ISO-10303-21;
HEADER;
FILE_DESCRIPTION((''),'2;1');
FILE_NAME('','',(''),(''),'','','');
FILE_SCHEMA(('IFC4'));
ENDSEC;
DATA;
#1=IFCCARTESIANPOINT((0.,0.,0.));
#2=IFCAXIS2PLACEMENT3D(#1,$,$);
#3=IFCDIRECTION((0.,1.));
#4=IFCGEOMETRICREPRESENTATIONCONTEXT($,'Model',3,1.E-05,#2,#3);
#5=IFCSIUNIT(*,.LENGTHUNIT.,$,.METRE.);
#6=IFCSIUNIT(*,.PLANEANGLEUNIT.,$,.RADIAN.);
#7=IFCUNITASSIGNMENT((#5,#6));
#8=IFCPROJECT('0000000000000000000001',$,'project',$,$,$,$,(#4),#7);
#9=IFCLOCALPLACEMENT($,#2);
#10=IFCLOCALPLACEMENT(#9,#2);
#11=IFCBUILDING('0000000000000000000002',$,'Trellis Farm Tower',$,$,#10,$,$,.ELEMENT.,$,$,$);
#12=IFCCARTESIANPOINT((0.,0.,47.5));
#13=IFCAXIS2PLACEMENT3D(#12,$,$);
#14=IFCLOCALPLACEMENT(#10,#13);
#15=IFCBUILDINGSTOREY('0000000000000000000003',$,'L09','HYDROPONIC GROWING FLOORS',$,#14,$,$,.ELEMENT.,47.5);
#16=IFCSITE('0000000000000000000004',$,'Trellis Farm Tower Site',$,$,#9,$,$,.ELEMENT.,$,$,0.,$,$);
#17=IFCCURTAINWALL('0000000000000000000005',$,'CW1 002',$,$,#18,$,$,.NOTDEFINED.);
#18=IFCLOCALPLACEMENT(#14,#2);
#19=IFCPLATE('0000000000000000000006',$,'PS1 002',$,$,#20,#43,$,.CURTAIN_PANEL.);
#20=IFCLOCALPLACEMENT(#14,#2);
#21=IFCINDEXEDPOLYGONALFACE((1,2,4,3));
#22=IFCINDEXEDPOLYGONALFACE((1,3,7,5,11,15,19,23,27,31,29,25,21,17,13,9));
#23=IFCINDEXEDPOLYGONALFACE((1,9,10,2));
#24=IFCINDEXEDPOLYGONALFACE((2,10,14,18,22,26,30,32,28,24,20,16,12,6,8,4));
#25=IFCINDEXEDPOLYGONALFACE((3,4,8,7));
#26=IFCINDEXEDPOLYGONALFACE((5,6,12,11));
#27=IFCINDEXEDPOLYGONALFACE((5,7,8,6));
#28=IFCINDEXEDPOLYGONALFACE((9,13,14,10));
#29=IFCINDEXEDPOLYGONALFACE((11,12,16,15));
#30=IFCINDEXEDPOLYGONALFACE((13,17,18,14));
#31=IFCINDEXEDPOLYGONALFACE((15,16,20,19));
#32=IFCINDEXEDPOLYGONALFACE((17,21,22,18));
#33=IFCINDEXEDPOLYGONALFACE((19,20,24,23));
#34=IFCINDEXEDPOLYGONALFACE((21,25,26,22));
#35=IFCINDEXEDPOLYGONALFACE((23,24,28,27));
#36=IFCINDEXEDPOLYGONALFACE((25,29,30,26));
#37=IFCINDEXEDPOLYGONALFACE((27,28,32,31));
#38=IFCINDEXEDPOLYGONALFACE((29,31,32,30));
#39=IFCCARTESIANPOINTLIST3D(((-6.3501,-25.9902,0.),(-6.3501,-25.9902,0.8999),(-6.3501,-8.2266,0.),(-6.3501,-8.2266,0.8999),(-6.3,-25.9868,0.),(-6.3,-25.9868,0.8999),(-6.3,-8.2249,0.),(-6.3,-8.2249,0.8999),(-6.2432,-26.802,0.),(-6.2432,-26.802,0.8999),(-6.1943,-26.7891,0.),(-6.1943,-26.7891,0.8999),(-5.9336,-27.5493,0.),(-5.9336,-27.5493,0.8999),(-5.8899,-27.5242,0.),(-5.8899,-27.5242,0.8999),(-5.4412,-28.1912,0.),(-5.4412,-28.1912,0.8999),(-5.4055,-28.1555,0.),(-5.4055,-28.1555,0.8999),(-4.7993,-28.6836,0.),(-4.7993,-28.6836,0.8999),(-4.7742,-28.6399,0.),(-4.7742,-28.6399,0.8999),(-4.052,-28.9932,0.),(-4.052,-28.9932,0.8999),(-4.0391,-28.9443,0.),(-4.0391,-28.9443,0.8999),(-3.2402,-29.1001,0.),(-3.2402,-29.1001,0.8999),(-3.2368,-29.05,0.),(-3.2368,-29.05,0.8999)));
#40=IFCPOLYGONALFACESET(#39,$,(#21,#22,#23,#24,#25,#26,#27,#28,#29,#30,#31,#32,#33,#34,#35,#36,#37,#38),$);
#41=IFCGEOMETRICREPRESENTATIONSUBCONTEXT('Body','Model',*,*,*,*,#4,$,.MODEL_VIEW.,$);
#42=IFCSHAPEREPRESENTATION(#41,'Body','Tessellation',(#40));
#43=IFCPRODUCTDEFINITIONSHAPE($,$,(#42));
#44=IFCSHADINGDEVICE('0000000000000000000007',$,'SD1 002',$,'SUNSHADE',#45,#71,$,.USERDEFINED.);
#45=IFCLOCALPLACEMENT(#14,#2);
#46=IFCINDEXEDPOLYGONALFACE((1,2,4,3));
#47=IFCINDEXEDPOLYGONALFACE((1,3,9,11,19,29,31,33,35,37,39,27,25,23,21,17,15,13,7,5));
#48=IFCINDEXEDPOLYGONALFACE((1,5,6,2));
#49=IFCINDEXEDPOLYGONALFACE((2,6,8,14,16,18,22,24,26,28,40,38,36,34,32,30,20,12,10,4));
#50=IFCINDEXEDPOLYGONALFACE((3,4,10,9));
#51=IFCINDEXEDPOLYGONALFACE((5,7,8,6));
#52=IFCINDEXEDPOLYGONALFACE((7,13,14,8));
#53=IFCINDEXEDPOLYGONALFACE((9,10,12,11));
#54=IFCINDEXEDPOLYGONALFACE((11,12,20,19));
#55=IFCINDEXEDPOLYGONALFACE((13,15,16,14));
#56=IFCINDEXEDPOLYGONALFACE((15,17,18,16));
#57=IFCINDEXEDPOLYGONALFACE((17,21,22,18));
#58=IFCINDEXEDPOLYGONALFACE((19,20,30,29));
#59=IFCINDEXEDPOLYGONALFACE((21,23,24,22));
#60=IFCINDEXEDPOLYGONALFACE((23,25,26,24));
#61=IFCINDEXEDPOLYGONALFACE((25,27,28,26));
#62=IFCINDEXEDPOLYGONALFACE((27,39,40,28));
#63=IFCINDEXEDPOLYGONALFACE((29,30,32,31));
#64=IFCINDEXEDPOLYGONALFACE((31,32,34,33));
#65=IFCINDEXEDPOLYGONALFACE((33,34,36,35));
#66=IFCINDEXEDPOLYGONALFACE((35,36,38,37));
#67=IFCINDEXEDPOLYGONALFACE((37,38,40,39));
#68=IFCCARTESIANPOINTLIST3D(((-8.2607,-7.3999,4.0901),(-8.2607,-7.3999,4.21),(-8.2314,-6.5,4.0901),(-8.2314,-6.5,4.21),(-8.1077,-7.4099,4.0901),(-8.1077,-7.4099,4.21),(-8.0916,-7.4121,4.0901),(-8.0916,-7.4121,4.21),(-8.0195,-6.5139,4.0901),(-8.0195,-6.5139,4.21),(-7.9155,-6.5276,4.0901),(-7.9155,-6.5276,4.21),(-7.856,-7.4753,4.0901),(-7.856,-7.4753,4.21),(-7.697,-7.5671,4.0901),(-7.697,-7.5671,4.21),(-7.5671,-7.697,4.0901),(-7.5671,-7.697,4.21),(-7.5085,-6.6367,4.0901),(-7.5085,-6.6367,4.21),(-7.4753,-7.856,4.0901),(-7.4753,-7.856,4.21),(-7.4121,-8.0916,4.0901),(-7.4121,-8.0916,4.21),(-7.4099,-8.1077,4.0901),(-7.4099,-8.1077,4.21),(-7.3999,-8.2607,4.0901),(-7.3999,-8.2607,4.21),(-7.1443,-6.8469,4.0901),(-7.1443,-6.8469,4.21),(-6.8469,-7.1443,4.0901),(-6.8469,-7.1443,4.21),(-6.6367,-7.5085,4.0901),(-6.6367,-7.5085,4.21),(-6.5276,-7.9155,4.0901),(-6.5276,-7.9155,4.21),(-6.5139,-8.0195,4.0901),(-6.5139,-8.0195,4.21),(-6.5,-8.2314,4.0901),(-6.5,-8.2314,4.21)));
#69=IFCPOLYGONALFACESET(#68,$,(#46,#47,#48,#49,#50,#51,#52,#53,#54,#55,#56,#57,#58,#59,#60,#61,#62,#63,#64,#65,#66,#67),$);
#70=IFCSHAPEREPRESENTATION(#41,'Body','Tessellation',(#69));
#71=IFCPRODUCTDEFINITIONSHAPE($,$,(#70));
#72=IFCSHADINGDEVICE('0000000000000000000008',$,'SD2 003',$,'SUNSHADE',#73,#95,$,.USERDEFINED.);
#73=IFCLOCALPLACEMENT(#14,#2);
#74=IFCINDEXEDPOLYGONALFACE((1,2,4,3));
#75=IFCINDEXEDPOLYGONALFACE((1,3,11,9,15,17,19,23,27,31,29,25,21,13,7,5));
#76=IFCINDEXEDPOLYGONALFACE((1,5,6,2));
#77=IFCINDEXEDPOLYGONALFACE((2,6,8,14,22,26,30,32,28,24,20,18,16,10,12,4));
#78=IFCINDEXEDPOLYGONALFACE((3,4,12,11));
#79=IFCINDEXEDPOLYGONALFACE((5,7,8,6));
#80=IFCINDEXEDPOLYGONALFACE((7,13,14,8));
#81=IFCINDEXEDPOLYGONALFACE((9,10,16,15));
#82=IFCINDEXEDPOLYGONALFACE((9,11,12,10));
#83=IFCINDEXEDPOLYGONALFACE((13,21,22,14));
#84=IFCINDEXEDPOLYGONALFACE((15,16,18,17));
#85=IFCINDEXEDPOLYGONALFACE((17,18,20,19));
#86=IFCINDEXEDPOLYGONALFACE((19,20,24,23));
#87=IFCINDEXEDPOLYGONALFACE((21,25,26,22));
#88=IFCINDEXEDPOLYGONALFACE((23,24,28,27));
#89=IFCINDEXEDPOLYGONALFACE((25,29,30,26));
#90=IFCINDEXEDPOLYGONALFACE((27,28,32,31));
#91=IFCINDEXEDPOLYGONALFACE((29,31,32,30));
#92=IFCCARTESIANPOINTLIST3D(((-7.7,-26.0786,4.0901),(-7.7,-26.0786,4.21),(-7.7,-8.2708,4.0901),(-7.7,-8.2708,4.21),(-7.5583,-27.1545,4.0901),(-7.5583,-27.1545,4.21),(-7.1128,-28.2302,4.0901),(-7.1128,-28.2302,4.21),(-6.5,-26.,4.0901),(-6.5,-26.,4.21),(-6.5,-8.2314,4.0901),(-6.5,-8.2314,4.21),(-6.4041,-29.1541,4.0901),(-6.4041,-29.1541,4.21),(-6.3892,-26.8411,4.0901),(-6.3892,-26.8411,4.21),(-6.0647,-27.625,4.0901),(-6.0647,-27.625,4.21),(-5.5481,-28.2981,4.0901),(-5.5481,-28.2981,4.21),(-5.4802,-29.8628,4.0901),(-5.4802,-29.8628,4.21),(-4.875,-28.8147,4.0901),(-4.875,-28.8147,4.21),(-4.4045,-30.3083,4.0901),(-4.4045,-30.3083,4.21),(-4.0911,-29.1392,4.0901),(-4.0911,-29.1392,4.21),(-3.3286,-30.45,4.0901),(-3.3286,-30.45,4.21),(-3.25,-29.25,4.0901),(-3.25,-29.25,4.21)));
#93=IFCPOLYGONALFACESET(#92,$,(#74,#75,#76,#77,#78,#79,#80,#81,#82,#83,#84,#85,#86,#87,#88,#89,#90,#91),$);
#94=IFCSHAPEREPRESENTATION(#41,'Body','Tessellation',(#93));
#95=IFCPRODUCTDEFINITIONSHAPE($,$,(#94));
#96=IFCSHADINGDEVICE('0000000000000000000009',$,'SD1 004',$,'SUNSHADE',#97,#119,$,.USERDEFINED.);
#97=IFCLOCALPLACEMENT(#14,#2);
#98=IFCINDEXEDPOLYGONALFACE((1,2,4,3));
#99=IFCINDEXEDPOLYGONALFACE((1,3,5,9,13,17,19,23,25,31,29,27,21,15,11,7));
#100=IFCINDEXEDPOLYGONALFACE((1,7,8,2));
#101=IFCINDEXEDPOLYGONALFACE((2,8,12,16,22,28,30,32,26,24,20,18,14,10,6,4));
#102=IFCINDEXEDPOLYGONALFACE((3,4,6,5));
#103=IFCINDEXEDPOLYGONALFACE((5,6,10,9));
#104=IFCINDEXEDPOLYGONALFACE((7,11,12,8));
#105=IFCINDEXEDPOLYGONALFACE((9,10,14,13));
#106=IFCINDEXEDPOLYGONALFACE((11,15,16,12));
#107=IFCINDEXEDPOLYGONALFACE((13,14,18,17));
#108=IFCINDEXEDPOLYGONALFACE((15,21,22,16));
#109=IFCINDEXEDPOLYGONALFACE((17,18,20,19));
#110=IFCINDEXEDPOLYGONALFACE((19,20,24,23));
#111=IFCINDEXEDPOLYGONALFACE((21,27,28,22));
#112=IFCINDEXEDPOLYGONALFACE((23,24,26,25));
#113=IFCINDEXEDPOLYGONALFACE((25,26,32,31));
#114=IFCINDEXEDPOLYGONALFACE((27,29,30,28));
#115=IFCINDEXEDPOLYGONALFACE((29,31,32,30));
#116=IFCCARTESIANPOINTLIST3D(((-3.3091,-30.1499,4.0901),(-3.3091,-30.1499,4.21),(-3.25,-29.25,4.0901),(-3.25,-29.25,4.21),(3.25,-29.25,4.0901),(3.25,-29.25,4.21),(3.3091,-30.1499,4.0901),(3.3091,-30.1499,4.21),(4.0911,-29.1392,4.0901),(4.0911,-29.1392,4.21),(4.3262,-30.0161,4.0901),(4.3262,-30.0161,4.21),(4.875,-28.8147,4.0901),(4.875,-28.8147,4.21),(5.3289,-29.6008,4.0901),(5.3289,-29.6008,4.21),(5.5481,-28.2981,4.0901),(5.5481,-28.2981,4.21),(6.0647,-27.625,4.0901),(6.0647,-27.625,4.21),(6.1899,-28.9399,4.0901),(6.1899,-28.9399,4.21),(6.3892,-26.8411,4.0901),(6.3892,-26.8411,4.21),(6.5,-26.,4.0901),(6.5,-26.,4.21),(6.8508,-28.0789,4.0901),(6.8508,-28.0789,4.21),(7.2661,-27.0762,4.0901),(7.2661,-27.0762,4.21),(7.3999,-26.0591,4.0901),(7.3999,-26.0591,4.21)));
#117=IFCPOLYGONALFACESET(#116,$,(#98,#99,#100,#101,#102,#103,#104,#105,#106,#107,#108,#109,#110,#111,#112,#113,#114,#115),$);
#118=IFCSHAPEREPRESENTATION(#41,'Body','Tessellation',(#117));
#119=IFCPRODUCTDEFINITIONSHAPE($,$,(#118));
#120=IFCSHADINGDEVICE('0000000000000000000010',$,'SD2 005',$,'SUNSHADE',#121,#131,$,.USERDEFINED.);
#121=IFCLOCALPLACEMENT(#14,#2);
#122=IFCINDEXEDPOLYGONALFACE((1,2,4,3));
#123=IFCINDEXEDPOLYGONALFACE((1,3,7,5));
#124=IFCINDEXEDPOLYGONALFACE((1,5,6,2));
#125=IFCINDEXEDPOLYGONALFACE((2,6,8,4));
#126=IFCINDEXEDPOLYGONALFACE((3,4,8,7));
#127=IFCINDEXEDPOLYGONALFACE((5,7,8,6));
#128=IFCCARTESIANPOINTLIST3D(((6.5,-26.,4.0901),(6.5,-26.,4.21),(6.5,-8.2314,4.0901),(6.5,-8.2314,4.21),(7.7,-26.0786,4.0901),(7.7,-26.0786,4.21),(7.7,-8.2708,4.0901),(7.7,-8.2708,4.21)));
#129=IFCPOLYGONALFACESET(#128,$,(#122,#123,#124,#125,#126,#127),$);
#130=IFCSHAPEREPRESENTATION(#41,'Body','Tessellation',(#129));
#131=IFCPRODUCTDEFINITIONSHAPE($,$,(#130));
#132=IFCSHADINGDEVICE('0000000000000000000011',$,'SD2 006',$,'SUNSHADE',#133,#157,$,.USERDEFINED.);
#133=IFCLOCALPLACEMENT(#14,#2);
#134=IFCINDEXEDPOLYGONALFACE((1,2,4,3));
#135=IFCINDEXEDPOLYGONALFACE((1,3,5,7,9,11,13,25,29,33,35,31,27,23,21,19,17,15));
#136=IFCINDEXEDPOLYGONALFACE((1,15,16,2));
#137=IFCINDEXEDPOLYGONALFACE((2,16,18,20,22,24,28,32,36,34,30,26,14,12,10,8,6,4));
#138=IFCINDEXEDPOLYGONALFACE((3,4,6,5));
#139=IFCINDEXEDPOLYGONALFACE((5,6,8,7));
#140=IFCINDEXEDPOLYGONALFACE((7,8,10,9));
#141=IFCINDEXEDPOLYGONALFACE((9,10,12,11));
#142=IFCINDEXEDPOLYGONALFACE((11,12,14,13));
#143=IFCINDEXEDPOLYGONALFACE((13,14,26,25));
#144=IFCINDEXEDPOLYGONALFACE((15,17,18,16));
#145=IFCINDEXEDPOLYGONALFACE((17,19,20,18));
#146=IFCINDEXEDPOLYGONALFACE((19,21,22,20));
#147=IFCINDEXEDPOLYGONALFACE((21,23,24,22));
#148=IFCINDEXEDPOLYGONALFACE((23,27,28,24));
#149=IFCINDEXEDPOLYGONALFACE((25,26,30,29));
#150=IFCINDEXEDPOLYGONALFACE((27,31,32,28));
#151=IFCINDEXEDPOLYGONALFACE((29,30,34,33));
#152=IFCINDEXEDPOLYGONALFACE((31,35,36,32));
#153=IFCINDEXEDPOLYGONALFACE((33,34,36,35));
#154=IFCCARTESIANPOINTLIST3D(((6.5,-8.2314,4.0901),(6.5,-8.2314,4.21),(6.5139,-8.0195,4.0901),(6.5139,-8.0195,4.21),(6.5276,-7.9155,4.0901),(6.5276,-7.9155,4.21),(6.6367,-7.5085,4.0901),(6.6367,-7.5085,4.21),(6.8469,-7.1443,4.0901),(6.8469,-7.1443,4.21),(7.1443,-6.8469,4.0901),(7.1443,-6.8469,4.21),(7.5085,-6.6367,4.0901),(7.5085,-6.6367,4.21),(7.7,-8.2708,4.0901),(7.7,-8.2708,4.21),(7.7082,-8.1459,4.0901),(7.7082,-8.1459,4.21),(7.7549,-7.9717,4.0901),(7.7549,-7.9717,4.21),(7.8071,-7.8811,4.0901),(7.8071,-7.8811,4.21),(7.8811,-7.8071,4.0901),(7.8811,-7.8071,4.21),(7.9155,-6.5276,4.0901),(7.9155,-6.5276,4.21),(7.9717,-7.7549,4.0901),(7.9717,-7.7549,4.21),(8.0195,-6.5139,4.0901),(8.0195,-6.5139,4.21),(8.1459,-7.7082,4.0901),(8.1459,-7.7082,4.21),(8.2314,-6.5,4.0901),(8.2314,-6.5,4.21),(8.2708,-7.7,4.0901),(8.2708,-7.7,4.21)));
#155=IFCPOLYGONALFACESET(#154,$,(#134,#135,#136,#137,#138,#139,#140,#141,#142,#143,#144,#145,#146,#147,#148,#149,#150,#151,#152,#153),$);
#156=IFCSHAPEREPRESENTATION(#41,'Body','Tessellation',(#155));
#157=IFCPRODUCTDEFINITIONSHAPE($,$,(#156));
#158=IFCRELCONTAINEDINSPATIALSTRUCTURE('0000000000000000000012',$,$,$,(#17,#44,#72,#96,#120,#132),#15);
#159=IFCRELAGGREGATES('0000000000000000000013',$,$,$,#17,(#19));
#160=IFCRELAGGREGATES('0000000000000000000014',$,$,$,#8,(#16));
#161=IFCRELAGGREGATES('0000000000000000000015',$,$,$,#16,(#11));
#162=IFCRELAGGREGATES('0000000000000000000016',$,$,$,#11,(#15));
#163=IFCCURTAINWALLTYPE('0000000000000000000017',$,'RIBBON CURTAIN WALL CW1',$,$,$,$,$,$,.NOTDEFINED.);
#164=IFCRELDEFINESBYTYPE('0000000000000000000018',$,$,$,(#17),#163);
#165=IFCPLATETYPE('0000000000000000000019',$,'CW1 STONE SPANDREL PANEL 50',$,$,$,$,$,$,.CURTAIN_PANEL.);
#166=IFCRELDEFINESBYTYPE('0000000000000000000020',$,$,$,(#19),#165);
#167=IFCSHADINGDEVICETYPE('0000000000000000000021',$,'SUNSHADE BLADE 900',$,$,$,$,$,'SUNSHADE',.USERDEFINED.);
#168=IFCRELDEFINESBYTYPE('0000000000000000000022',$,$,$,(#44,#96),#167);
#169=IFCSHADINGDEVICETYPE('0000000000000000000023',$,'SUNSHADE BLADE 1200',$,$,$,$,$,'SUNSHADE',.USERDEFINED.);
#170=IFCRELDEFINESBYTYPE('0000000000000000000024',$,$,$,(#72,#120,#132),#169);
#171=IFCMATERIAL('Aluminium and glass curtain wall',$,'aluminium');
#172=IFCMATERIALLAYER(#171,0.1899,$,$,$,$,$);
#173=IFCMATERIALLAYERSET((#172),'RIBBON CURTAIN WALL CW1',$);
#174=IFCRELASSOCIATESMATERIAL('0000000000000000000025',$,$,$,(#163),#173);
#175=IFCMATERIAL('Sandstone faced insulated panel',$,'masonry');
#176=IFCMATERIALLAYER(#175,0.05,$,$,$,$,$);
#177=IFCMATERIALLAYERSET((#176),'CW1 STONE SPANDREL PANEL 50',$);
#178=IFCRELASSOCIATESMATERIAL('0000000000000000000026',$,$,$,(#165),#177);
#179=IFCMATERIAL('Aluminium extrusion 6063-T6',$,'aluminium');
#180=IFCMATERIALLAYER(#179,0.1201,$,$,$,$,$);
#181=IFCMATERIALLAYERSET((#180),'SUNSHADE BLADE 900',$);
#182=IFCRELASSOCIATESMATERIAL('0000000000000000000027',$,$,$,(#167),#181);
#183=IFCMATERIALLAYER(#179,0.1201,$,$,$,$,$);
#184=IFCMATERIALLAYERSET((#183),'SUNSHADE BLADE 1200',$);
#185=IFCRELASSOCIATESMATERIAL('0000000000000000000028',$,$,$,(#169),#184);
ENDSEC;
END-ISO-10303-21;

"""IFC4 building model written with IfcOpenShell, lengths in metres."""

from ifc_helpers import new_model, si_unit, direction, frame, origin, place, context, subcontext, project, spatial, polyline, outline, extrude, source, transform, mapped, material, layer, layer_set, type_object, element, aggregate, save


model = new_model("IFC4")

# Units and contexts
model_context = context("Model", 3, precision=1e-05, world=origin(), true_north=direction((0.0, 1.0)))
body_context = subcontext(model_context, "Body", "Model", "MODEL_VIEW")
ifc_project = project(units=[si_unit("LENGTHUNIT", "METRE"), si_unit("PLANEANGLEUNIT", "RADIAN")], contexts=[model_context])

# Site, building, storey
site_placement = place(None, origin())
site = spatial("IfcSite", under=ifc_project, at=site_placement, Name="Trellis Farm Tower Site", CompositionType="ELEMENT", RefElevation=0.0)
building_placement = place(site_placement, origin())
building = spatial("IfcBuilding", under=site, at=building_placement, Name="Trellis Farm Tower", CompositionType="ELEMENT")
storey_placement = place(building_placement, frame((0.0, 0.0, 47.5)))
storey = spatial("IfcBuildingStorey", under=building, at=storey_placement, Name="L09", Description="HYDROPONIC GROWING FLOORS", CompositionType="ELEMENT", Elevation=47.5)

# Curtain wall
ifc_material_1 = material(Name="Aluminium and glass curtain wall", Category="aluminium")
placement_1 = place(storey_placement, origin())
ifc_material_2 = material(Name="Aluminium extrusion 6063-T6", Category="aluminium")
ifc_layer_1 = layer(ifc_material_1, 0.1899)
ifc_layer_set_1 = layer_set([ifc_layer_1], Name="RIBBON CURTAIN WALL CW1")
curtain_wall_type_1 = type_object("IfcCurtainWallType", Name="RIBBON CURTAIN WALL CW1", PredefinedType="NOTDEFINED", material=ifc_layer_set_1)
curtain_wall_1 = element("IfcCurtainWall", 1, at=placement_1, inside=storey, type_object=curtain_wall_type_1, Name="CW1 002", PredefinedType="NOTDEFINED")

# Shared definitions
ifc_material_3 = material(Name="Sandstone faced insulated panel", Category="masonry")
ifc_layer_2 = layer(ifc_material_3, 0.05)
ifc_layer_set_2 = layer_set([ifc_layer_2], Name="CW1 STONE SPANDREL PANEL 50")
plate_type_1 = type_object("IfcPlateType", Name="CW1 STONE SPANDREL PANEL 50", PredefinedType="CURTAIN_PANEL", material=ifc_layer_set_2)

# Plate
shared_shape_1 = source(origin(), body_context, "Body", "SweptSolid", [
    extrude(outline(polyline([(-6.3501, -8.2266), (-6.3501, -25.9902), (-6.2432, -26.802), (-5.9336, -27.5493), (-5.4412, -28.1912), (-4.7993, -28.6836), (-4.052, -28.9932), (-3.2402, -29.1001), (-3.2368, -29.05), (-4.0391, -28.9443), (-4.7742, -28.6399), (-5.4055, -28.1555), (-5.8899, -27.5242), (-6.1943, -26.7891), (-6.3, -25.9868), (-6.3, -8.2249), (-6.3501, -8.2266)])), origin(), (0.0, 0.0, 1.0), 0.8999),
])
plate_1 = element("IfcPlate", 2, at=placement_1, type_object=plate_type_1, Name="PS1 002", PredefinedType="CURTAIN_PANEL", context=body_context, shape_type="MappedRepresentation", body=[
    mapped(shared_shape_1, transform((0.0, 0.0, 0.0))),
])
aggregate(curtain_wall_1, [plate_1])

# Shading devices
ifc_layer_3 = layer(ifc_material_2, 0.1201)
ifc_layer_set_3 = layer_set([ifc_layer_3], Name="SUNSHADE BLADE 900")
shading_device_type_1 = type_object("IfcShadingDeviceType", Name="SUNSHADE BLADE 900", ElementType="SUNSHADE", PredefinedType="USERDEFINED", material=ifc_layer_set_3)
shared_shape_2 = source(origin(), body_context, "Body", "SweptSolid", [
    extrude(outline(polyline([(-8.2607, -7.3999), (-8.1077, -7.4099), (-8.0916, -7.4121), (-7.856, -7.4753), (-7.697, -7.5671), (-7.5671, -7.697), (-7.4753, -7.856), (-7.4121, -8.0916), (-7.4099, -8.1077), (-7.3999, -8.2607), (-6.5, -8.2314), (-6.5139, -8.0195), (-6.5276, -7.9155), (-6.6367, -7.5085), (-6.8469, -7.1443), (-7.1443, -6.8469), (-7.5085, -6.6367), (-7.9155, -6.5276), (-8.0195, -6.5139), (-8.2314, -6.5), (-8.2607, -7.3999)])), origin(), (0.0, 0.0, 1.0), 0.1199),
])
placement_2 = place(storey_placement, frame((0.0, 0.0, 4.0901)))
element("IfcShadingDevice", 3, at=placement_2, inside=storey, type_object=shading_device_type_1, Name="SD1 002", ObjectType="SUNSHADE", PredefinedType="USERDEFINED", context=body_context, shape_type="MappedRepresentation", body=[
    mapped(shared_shape_2, transform((0.0, 0.0, 0.0))),
])
ifc_layer_4 = layer(ifc_material_2, 0.1201)
ifc_layer_set_4 = layer_set([ifc_layer_4], Name="SUNSHADE BLADE 1200")
shading_device_type_2 = type_object("IfcShadingDeviceType", Name="SUNSHADE BLADE 1200", ElementType="SUNSHADE", PredefinedType="USERDEFINED", material=ifc_layer_set_4)
shared_shape_3 = source(origin(), body_context, "Body", "SweptSolid", [
    extrude(outline(polyline([(-7.7, -8.2708), (-7.7, -26.0786), (-7.5583, -27.1545), (-7.1128, -28.2302), (-6.4041, -29.1541), (-5.4802, -29.8628), (-4.4045, -30.3083), (-3.3286, -30.45), (-3.25, -29.25), (-4.0911, -29.1392), (-4.875, -28.8147), (-5.5481, -28.2981), (-6.0647, -27.625), (-6.3892, -26.8411), (-6.5, -26.0), (-6.5, -8.2314), (-7.7, -8.2708)])), origin(), (0.0, 0.0, 1.0), 0.1199),
])
element("IfcShadingDevice", 4, at=placement_2, inside=storey, type_object=shading_device_type_2, Name="SD2 003", ObjectType="SUNSHADE", PredefinedType="USERDEFINED", context=body_context, shape_type="MappedRepresentation", body=[
    mapped(shared_shape_3, transform((0.0, 0.0, 0.0))),
])
shared_shape_4 = source(origin(), body_context, "Body", "SweptSolid", [
    extrude(outline(polyline([(-3.3091, -30.1499), (3.3091, -30.1499), (4.3262, -30.0161), (5.3289, -29.6008), (6.1899, -28.9399), (6.8508, -28.0789), (7.2661, -27.0762), (7.3999, -26.0591), (6.5, -26.0), (6.3892, -26.8411), (6.0647, -27.625), (5.5481, -28.2981), (4.875, -28.8147), (4.0911, -29.1392), (3.25, -29.25), (-3.25, -29.25), (-3.3091, -30.1499)])), origin(), (0.0, 0.0, 1.0), 0.1199),
])
element("IfcShadingDevice", 5, at=placement_2, inside=storey, type_object=shading_device_type_1, Name="SD1 004", ObjectType="SUNSHADE", PredefinedType="USERDEFINED", context=body_context, shape_type="MappedRepresentation", body=[
    mapped(shared_shape_4, transform((0.0, 0.0, 0.0))),
])
shared_shape_5 = source(origin(), body_context, "Body", "SweptSolid", [
    extrude(outline(polyline([(7.7, -26.0786), (7.7, -8.2708), (6.5, -8.2314), (6.5, -26.0), (7.7, -26.0786)])), origin(), (0.0, 0.0, 1.0), 0.1199),
])
element("IfcShadingDevice", 6, at=placement_2, inside=storey, type_object=shading_device_type_2, Name="SD2 005", ObjectType="SUNSHADE", PredefinedType="USERDEFINED", context=body_context, shape_type="MappedRepresentation", body=[
    mapped(shared_shape_5, transform((0.0, 0.0, 0.0))),
])
shared_shape_6 = source(origin(), body_context, "Body", "SweptSolid", [
    extrude(outline(polyline([(7.7, -8.2708), (7.7087, -8.1372), (7.707, -8.1501), (7.7549, -7.9717), (7.8071, -7.8811), (7.8811, -7.8071), (7.9717, -7.7549), (8.1501, -7.707), (8.1372, -7.7087), (8.2708, -7.7), (8.2314, -6.5), (8.0195, -6.5139), (7.9155, -6.5276), (7.5085, -6.6367), (7.1443, -6.8469), (6.8469, -7.1443), (6.6367, -7.5085), (6.5276, -7.9155), (6.5139, -8.0195), (6.5, -8.2314), (7.7, -8.2708)])), origin(), (0.0, 0.0, 1.0), 0.1199),
])
element("IfcShadingDevice", 7, at=placement_2, inside=storey, type_object=shading_device_type_2, Name="SD2 006", ObjectType="SUNSHADE", PredefinedType="USERDEFINED", context=body_context, shape_type="MappedRepresentation", body=[
    mapped(shared_shape_6, transform((0.0, 0.0, 0.0))),
])

save(model, "model.ifc")
